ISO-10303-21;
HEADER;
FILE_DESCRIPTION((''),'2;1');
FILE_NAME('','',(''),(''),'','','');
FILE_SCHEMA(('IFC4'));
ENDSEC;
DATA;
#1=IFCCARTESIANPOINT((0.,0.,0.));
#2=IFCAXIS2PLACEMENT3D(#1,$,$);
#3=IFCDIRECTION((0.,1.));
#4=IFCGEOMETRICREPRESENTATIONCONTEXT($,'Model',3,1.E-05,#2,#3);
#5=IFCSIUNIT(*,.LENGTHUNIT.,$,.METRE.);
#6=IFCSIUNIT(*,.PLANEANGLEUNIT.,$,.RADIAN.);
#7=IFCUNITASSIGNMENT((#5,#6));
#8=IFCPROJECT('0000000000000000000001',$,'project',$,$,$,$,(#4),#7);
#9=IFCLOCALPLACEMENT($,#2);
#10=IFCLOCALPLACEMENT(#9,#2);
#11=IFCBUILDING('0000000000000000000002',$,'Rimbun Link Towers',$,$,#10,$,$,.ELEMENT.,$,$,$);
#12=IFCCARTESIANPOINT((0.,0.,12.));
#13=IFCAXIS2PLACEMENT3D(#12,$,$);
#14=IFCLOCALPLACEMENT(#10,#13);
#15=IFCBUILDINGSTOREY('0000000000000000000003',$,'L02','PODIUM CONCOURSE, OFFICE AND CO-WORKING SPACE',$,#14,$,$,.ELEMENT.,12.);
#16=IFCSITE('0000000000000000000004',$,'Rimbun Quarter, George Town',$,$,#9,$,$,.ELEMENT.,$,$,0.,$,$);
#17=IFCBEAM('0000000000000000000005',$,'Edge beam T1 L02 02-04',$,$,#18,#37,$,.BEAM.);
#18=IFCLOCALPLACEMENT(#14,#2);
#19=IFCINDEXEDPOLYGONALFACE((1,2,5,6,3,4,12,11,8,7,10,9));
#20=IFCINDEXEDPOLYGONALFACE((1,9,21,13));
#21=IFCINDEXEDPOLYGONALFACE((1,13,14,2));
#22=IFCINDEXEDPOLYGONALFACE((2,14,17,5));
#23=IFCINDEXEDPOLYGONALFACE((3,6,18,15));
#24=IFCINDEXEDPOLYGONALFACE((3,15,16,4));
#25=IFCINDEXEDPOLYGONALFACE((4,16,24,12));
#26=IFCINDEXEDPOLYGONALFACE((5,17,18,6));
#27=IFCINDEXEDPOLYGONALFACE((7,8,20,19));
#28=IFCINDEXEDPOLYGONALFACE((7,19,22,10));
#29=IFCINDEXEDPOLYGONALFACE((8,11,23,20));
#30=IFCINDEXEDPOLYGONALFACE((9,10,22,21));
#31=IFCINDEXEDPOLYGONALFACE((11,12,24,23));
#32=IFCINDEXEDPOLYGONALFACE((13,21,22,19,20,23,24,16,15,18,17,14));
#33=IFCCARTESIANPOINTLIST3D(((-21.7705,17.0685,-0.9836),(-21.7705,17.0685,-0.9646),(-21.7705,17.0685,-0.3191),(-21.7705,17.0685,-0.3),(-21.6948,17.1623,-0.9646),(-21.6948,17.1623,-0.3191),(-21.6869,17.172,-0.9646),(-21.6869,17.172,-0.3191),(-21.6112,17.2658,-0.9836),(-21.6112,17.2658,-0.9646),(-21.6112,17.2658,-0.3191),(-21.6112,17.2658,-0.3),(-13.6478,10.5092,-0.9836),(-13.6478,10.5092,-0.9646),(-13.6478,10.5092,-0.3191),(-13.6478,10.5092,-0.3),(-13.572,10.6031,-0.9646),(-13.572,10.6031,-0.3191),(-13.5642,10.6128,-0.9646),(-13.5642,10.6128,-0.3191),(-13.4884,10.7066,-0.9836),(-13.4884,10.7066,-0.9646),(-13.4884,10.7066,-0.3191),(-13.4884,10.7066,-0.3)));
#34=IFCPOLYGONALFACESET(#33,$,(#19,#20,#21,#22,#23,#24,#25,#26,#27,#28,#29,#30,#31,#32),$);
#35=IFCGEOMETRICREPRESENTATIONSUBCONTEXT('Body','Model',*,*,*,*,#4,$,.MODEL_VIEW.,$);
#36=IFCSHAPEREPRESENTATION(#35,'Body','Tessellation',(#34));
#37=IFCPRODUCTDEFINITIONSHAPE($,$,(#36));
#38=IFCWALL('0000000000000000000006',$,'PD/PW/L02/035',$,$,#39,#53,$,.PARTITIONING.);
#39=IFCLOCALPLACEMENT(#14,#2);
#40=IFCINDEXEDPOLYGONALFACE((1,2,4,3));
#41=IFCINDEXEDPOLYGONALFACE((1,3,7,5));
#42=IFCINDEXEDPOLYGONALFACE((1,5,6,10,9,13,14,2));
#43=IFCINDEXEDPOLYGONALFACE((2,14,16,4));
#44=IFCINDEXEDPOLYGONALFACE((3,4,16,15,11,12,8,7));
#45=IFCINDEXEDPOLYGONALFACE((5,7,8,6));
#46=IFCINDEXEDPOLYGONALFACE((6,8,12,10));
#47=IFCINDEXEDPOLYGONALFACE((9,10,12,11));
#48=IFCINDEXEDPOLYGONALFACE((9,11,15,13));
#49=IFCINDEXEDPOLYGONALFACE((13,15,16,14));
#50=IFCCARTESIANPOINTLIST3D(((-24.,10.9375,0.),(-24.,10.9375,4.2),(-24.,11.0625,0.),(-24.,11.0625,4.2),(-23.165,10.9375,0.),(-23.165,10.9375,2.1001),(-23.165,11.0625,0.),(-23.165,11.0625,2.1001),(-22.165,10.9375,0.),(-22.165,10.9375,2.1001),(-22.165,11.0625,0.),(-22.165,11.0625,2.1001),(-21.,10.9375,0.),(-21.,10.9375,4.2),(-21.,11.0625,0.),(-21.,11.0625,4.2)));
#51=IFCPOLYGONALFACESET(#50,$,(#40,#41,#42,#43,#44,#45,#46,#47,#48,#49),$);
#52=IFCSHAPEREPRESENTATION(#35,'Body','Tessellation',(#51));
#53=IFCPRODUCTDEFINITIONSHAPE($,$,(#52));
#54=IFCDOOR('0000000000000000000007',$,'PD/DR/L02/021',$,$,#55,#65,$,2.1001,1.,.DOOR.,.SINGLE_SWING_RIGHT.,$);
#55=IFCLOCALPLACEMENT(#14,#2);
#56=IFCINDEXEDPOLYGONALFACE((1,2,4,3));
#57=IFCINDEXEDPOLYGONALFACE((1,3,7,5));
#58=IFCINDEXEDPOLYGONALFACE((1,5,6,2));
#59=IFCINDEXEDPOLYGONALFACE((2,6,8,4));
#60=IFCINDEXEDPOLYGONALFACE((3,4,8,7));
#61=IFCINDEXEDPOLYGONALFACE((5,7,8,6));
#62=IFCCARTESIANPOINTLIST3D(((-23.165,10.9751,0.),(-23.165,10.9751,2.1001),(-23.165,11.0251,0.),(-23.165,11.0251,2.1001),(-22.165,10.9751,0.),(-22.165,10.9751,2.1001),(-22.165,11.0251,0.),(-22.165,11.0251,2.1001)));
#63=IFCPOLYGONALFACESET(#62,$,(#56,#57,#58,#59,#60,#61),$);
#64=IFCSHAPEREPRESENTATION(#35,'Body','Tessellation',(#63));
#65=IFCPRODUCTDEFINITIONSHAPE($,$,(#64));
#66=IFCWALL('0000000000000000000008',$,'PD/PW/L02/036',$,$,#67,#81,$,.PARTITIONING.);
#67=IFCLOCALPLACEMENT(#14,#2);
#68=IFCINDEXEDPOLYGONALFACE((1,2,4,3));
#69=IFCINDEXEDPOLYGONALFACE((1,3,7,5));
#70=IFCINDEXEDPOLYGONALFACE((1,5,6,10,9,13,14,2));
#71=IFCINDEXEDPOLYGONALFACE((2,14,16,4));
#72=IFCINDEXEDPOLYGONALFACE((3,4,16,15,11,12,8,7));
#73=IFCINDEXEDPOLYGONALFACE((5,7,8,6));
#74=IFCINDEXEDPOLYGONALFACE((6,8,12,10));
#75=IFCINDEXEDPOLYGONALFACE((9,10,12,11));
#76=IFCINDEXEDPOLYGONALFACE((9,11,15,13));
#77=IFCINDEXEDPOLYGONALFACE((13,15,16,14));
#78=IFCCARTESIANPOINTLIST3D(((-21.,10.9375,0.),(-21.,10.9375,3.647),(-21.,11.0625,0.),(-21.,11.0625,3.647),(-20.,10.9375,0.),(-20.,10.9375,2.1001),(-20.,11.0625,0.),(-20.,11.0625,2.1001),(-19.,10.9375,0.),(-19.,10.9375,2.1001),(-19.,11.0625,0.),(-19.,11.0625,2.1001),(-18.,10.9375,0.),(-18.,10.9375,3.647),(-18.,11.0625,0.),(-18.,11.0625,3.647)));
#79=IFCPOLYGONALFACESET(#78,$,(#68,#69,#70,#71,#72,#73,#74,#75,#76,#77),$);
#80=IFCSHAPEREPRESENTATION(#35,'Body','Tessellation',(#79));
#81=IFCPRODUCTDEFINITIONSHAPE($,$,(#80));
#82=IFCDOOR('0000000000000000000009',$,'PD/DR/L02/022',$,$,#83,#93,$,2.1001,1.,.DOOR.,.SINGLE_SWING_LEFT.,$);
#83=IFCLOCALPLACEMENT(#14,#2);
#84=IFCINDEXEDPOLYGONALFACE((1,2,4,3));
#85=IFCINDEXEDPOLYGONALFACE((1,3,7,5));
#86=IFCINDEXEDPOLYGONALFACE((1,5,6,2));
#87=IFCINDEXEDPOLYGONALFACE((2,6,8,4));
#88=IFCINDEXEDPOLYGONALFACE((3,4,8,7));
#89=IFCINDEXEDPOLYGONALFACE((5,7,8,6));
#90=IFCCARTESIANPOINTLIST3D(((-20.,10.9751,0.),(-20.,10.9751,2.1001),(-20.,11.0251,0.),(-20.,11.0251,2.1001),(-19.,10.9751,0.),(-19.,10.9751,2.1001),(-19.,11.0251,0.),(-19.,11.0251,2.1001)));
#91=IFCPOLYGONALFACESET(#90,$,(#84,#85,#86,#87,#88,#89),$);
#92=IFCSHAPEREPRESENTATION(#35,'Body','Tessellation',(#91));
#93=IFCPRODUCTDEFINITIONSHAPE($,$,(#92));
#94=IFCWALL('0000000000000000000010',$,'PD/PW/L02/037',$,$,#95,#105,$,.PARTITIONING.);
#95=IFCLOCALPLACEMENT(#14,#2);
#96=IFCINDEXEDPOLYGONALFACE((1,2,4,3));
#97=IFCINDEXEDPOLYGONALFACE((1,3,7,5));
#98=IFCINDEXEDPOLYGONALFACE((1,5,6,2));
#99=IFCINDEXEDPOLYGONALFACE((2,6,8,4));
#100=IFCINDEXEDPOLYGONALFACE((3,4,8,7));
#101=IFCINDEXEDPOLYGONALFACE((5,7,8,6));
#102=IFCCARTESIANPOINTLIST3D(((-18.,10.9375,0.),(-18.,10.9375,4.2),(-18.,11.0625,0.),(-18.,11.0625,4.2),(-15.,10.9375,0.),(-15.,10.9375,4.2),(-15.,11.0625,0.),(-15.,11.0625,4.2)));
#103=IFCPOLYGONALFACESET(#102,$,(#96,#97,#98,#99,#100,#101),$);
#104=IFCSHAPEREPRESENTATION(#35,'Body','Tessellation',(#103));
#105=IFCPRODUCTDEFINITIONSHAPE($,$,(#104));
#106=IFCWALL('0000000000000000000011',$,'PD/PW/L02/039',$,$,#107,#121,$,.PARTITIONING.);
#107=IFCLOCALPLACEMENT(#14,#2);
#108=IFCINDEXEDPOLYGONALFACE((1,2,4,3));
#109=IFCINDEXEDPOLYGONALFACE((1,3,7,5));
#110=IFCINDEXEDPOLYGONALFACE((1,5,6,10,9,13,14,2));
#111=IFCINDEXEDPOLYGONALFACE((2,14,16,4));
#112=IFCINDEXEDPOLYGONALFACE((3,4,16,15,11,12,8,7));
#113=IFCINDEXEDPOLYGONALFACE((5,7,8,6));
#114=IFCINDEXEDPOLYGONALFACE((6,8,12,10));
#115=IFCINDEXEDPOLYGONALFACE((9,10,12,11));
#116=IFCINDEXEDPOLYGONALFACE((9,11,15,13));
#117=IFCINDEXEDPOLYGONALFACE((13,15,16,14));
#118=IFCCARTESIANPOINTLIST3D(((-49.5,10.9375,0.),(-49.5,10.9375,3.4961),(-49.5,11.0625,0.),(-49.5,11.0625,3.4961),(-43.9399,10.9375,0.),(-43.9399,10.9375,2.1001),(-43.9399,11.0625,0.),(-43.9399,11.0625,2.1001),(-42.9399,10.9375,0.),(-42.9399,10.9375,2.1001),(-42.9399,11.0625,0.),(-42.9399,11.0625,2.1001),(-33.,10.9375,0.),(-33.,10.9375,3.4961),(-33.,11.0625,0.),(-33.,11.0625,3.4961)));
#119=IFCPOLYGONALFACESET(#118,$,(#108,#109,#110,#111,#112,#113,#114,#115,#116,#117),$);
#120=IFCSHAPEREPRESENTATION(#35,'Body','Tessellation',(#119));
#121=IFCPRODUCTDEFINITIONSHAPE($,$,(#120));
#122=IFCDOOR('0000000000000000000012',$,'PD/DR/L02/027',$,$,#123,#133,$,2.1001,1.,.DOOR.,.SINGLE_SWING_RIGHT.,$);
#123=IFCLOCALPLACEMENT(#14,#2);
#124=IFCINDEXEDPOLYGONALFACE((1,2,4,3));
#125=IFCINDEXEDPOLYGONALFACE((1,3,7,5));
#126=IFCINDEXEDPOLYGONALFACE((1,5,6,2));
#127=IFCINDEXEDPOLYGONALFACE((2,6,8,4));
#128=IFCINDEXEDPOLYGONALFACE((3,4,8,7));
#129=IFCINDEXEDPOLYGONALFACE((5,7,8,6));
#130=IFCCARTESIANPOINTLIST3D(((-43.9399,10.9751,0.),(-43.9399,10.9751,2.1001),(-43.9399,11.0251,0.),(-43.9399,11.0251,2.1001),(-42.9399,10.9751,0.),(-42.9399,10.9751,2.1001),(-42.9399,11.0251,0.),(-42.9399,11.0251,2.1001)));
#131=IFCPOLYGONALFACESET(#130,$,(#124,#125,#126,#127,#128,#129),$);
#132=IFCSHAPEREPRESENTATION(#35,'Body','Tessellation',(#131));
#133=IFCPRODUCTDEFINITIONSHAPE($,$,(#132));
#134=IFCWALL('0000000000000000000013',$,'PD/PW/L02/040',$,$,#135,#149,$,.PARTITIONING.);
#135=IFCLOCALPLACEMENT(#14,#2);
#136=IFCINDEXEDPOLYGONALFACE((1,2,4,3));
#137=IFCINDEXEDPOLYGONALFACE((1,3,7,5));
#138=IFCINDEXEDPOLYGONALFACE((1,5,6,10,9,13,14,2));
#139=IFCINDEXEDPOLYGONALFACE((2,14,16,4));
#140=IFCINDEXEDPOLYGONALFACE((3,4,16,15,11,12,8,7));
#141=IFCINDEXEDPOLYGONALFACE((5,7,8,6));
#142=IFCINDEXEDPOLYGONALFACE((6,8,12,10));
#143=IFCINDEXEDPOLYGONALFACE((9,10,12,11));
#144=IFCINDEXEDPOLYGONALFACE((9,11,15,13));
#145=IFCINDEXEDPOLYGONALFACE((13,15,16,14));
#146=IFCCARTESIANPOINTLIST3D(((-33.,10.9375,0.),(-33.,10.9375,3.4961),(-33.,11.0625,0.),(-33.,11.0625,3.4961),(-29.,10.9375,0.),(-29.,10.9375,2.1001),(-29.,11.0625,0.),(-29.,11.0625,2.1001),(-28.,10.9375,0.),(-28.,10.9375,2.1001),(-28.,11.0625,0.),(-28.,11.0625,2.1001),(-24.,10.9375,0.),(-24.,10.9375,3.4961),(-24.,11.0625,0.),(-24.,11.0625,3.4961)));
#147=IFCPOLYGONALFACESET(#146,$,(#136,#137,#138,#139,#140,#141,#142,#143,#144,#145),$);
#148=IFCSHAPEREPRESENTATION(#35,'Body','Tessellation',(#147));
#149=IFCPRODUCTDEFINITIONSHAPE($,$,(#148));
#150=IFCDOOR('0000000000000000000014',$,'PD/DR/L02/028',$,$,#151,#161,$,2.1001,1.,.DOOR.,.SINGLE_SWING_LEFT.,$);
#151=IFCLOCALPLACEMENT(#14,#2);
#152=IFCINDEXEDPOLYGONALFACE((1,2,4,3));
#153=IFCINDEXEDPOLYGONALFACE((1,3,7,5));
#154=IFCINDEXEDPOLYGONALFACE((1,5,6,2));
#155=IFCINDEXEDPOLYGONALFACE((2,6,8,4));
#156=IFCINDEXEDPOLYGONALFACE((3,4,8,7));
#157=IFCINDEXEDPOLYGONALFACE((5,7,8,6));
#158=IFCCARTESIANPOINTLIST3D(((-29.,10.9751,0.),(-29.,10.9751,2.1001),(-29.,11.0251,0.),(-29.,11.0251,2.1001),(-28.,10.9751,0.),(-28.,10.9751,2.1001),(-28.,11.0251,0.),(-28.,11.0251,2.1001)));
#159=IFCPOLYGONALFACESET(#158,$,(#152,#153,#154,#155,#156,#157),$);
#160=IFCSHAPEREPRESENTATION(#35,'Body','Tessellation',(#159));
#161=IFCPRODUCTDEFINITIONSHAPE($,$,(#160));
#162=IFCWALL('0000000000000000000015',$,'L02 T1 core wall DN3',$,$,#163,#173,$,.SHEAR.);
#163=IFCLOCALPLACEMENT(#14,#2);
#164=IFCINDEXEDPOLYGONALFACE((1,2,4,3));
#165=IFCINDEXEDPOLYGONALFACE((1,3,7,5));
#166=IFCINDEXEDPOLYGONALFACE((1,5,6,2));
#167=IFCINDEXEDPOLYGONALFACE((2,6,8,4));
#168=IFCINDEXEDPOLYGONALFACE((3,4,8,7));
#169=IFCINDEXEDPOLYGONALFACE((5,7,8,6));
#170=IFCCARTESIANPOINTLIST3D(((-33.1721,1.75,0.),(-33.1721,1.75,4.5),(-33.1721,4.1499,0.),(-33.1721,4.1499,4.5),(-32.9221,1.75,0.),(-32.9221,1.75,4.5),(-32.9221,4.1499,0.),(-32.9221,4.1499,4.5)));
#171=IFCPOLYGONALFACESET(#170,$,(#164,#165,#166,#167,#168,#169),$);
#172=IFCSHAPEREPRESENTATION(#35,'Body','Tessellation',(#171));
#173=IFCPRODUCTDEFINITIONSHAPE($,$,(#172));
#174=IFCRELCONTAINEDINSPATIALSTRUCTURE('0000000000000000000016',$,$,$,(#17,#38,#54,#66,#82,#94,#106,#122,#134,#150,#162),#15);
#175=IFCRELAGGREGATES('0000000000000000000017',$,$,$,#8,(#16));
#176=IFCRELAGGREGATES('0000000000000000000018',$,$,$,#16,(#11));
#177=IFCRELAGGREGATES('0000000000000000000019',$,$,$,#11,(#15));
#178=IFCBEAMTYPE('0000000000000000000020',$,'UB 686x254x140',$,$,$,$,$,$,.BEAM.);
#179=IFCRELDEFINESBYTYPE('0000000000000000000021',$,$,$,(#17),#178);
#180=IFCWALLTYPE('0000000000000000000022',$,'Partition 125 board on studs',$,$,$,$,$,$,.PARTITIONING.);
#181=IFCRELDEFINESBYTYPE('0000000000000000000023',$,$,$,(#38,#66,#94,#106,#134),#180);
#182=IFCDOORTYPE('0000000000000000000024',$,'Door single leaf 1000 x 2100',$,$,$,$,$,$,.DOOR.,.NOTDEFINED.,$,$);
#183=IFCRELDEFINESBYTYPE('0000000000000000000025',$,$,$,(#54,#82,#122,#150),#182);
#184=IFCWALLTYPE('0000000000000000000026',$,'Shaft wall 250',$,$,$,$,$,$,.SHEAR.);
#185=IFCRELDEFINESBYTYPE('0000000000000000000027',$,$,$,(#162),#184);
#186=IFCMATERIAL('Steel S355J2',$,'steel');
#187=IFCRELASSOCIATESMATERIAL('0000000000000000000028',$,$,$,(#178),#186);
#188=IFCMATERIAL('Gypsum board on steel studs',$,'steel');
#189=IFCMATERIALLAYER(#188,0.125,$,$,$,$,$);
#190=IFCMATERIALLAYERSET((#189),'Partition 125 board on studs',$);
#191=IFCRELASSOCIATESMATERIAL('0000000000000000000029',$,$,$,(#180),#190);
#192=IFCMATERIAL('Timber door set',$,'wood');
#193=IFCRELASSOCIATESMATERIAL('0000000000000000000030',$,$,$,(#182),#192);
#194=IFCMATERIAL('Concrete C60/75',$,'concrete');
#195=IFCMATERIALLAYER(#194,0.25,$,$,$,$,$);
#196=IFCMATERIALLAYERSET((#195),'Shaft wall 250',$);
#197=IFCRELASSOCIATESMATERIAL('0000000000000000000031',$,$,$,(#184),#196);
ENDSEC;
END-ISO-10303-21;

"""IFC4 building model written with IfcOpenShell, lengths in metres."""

from ifc_helpers import new_model, si_unit, direction, frame, frame_2d, origin, origin_2d, place, context, subcontext, project, spatial, rectangle, i_section, extrude, material, layer, layer_set, material_profile, profile_set, type_object, element, fill, save


model = new_model("IFC4")

# Units and contexts
model_context = context("Model", 3, precision=1e-05, world=origin(), true_north=direction((0.0, 1.0)))
body_context = subcontext(model_context, "Body", "Model", "MODEL_VIEW")
ifc_project = project(units=[si_unit("LENGTHUNIT", "METRE"), si_unit("PLANEANGLEUNIT", "RADIAN")], contexts=[model_context])

# Site, building, storey
site_placement = place(None, origin())
site = spatial("IfcSite", under=ifc_project, at=site_placement, Name="Rimbun Quarter, George Town", CompositionType="ELEMENT", RefElevation=0.0)
building_placement = place(site_placement, origin())
building = spatial("IfcBuilding", under=site, at=building_placement, Name="Rimbun Link Towers", CompositionType="ELEMENT")
storey_placement = place(building_placement, frame((0.0, 0.0, 12.0)))
storey = spatial("IfcBuildingStorey", under=building, at=storey_placement, Name="L02", Description="PODIUM CONCOURSE, OFFICE AND CO-WORKING SPACE", CompositionType="ELEMENT", Elevation=12.0)

# Beam
ifc_material_1 = material(Name="Steel S355J2", Category="steel")
ifc_material_profile_1 = material_profile(ifc_material_1, i_section(OverallWidth=0.2537, OverallDepth=0.6836, WebThickness=0.0125, FlangeThickness=0.019, at=origin_2d()), Name="UB 686x254x140")
ifc_profile_set_1 = profile_set([ifc_material_profile_1], Name="Steel S355J2")
beam_type_1 = type_object("IfcBeamType", Name="UB 686x254x140", PredefinedType="BEAM", material=ifc_profile_set_1)
beam_1_placement = place(storey_placement, frame((-13.5681, 10.6079, -0.6418), z_axis=(-0.778007, 0.628256, 0.0), x_axis=(-0.628256, -0.778007, 0.0)))
element("IfcBeam", 1, at=beam_1_placement, inside=storey, type_object=beam_type_1, Name="Edge beam T1 L02 02-04", PredefinedType="BEAM", context=body_context, shape_type="SweptSolid", body=[
    extrude(i_section(OverallWidth=0.2537, OverallDepth=0.6836, WebThickness=0.0125, FlangeThickness=0.019, at=origin_2d()), origin(), (0.0, 0.0, 1.0), 10.4404),
])

# Walls, openings, doors
ifc_material_2 = material(Name="Gypsum board on steel studs", Category="steel")
ifc_layer_1 = layer(ifc_material_2, 0.125)
ifc_layer_set_1 = layer_set([ifc_layer_1], Name="Partition 125 board on studs")
wall_type_1 = type_object("IfcWallType", Name="Partition 125 board on studs", PredefinedType="PARTITIONING", material=ifc_layer_set_1)
wall_1_placement = place(storey_placement, frame((-21.0, 11.0, 0.0), z_axis=(0.0, 0.0, 1.0), x_axis=(-1.0, 0.0, 0.0)))
wall_1 = element("IfcWall", 2, at=wall_1_placement, inside=storey, type_object=wall_type_1, Name="PD/PW/L02/035", PredefinedType="PARTITIONING", context=body_context, shape_type="SweptSolid", body=[
    extrude(rectangle(XDim=3.0, YDim=0.125, at=frame_2d((1.5, 0.0))), origin(), (0.0, 0.0, 1.0), 4.2),
])
opening_1_placement = place(wall_1_placement, frame((1.165, 0.0, 0.0)))
opening_1 = element("IfcOpeningElement", 3, at=opening_1_placement, cuts=wall_1, PredefinedType="OPENING", context=body_context, shape_type="SweptSolid", body=[
    extrude(rectangle(XDim=1.0, YDim=2.1001, at=frame_2d((0.5, 1.05))), frame((0.0, 0.0725, 0.0), z_axis=(0.0, -1.0, 0.0), x_axis=(1.0, 0.0, 0.0)), (0.0, 0.0, 1.0), 0.145),
])
ifc_material_3 = material(Name="Timber door set", Category="wood")
door_type_1 = type_object("IfcDoorType", Name="Door single leaf 1000 x 2100", OperationType="NOTDEFINED", PredefinedType="DOOR", material=ifc_material_3)
door_1_placement = place(opening_1_placement, origin())
door_1 = element("IfcDoor", 4, at=door_1_placement, inside=storey, type_object=door_type_1, Name="PD/DR/L02/021", OperationType="SINGLE_SWING_RIGHT", OverallHeight=2.1001, OverallWidth=1.0, PredefinedType="DOOR", context=body_context, shape_type="SweptSolid", body=[
    extrude(rectangle(XDim=1.0, YDim=2.1001, at=frame_2d((0.5, 1.05))), frame((0.0, 0.0249, 0.0), z_axis=(0.0, -1.0, 0.0), x_axis=(1.0, 0.0, 0.0)), (0.0, 0.0, 1.0), 0.05),
])
fill(opening_1, door_1)
wall_2_placement = place(storey_placement, frame((-18.0, 11.0, 0.0), z_axis=(0.0, 0.0, 1.0), x_axis=(-1.0, 0.0, 0.0)))
wall_2 = element("IfcWall", 5, at=wall_2_placement, inside=storey, type_object=wall_type_1, Name="PD/PW/L02/036", PredefinedType="PARTITIONING", context=body_context, shape_type="SweptSolid", body=[
    extrude(rectangle(XDim=3.0, YDim=0.125, at=frame_2d((1.5, 0.0))), origin(), (0.0, 0.0, 1.0), 3.647),
])
opening_2_placement = place(wall_2_placement, frame((1.0, 0.0, 0.0)))
opening_2 = element("IfcOpeningElement", 6, at=opening_2_placement, cuts=wall_2, PredefinedType="OPENING", context=body_context, shape_type="SweptSolid", body=[
    extrude(rectangle(XDim=1.0, YDim=2.1001, at=frame_2d((0.5, 1.05))), frame((0.0, 0.0725, 0.0), z_axis=(0.0, -1.0, 0.0), x_axis=(1.0, 0.0, 0.0)), (0.0, 0.0, 1.0), 0.145),
])
door_2_placement = place(opening_2_placement, origin())
door_2 = element("IfcDoor", 7, at=door_2_placement, inside=storey, type_object=door_type_1, Name="PD/DR/L02/022", OperationType="SINGLE_SWING_LEFT", OverallHeight=2.1001, OverallWidth=1.0, PredefinedType="DOOR", context=body_context, shape_type="SweptSolid", body=[
    extrude(rectangle(XDim=1.0, YDim=2.1001, at=frame_2d((0.5, 1.05))), frame((0.0, 0.0249, 0.0), z_axis=(0.0, -1.0, 0.0), x_axis=(1.0, 0.0, 0.0)), (0.0, 0.0, 1.0), 0.05),
])
fill(opening_2, door_2)

# Wall
wall_3_placement = place(storey_placement, frame((-15.0, 11.0, 0.0), z_axis=(0.0, 0.0, 1.0), x_axis=(-1.0, 0.0, 0.0)))
element("IfcWall", 8, at=wall_3_placement, inside=storey, type_object=wall_type_1, Name="PD/PW/L02/037", PredefinedType="PARTITIONING", context=body_context, shape_type="SweptSolid", body=[
    extrude(rectangle(XDim=3.0, YDim=0.125, at=frame_2d((1.5, 0.0))), origin(), (0.0, 0.0, 1.0), 4.2),
])

# Walls, openings, doors
wall_4_placement = place(storey_placement, frame((-33.0, 11.0, 0.0), z_axis=(0.0, 0.0, 1.0), x_axis=(-1.0, 0.0, 0.0)))
wall_4 = element("IfcWall", 9, at=wall_4_placement, inside=storey, type_object=wall_type_1, Name="PD/PW/L02/039", PredefinedType="PARTITIONING", context=body_context, shape_type="SweptSolid", body=[
    extrude(rectangle(XDim=16.5, YDim=0.125, at=frame_2d((8.25, 0.0))), origin(), (0.0, 0.0, 1.0), 3.4961),
])
opening_3_placement = place(wall_4_placement, frame((9.9399, 0.0, 0.0)))
opening_3 = element("IfcOpeningElement", 10, at=opening_3_placement, cuts=wall_4, PredefinedType="OPENING", context=body_context, shape_type="SweptSolid", body=[
    extrude(rectangle(XDim=1.0, YDim=2.1001, at=frame_2d((0.5, 1.05))), frame((0.0, 0.0725, 0.0), z_axis=(0.0, -1.0, 0.0), x_axis=(1.0, 0.0, 0.0)), (0.0, 0.0, 1.0), 0.145),
])
door_3_placement = place(opening_3_placement, origin())
door_3 = element("IfcDoor", 11, at=door_3_placement, inside=storey, type_object=door_type_1, Name="PD/DR/L02/027", OperationType="SINGLE_SWING_RIGHT", OverallHeight=2.1001, OverallWidth=1.0, PredefinedType="DOOR", context=body_context, shape_type="SweptSolid", body=[
    extrude(rectangle(XDim=1.0, YDim=2.1001, at=frame_2d((0.5, 1.05))), frame((0.0, 0.0249, 0.0), z_axis=(0.0, -1.0, 0.0), x_axis=(1.0, 0.0, 0.0)), (0.0, 0.0, 1.0), 0.05),
])
fill(opening_3, door_3)
wall_5_placement = place(storey_placement, frame((-24.0, 11.0, 0.0), z_axis=(0.0, 0.0, 1.0), x_axis=(-1.0, 0.0, 0.0)))
wall_5 = element("IfcWall", 12, at=wall_5_placement, inside=storey, type_object=wall_type_1, Name="PD/PW/L02/040", PredefinedType="PARTITIONING", context=body_context, shape_type="SweptSolid", body=[
    extrude(rectangle(XDim=9.0, YDim=0.125, at=frame_2d((4.5, 0.0))), origin(), (0.0, 0.0, 1.0), 3.4961),
])
opening_4_placement = place(wall_5_placement, frame((4.0, 0.0, 0.0)))
opening_4 = element("IfcOpeningElement", 13, at=opening_4_placement, cuts=wall_5, PredefinedType="OPENING", context=body_context, shape_type="SweptSolid", body=[
    extrude(rectangle(XDim=1.0, YDim=2.1001, at=frame_2d((0.5, 1.05))), frame((0.0, 0.0725, 0.0), z_axis=(0.0, -1.0, 0.0), x_axis=(1.0, 0.0, 0.0)), (0.0, 0.0, 1.0), 0.145),
])
door_4_placement = place(opening_4_placement, origin())
door_4 = element("IfcDoor", 14, at=door_4_placement, inside=storey, type_object=door_type_1, Name="PD/DR/L02/028", OperationType="SINGLE_SWING_LEFT", OverallHeight=2.1001, OverallWidth=1.0, PredefinedType="DOOR", context=body_context, shape_type="SweptSolid", body=[
    extrude(rectangle(XDim=1.0, YDim=2.1001, at=frame_2d((0.5, 1.05))), frame((0.0, 0.0249, 0.0), z_axis=(0.0, -1.0, 0.0), x_axis=(1.0, 0.0, 0.0)), (0.0, 0.0, 1.0), 0.05),
])
fill(opening_4, door_4)

# Wall
ifc_material_4 = material(Name="Concrete C60/75", Category="concrete")
ifc_layer_2 = layer(ifc_material_4, 0.25)
ifc_layer_set_2 = layer_set([ifc_layer_2], Name="Shaft wall 250")
wall_type_2 = type_object("IfcWallType", Name="Shaft wall 250", PredefinedType="SHEAR", material=ifc_layer_set_2)
for number, where, z_axis, x_axis, name in (
    (15, (-33.0471, 1.75, 0.0), (0.0, 0.0, 1.0), (0.0, 1.0, 0.0), "L02 T1 core wall DN3"),
):
    element("IfcWall", number, at=place(storey_placement, frame(where, z_axis=z_axis, x_axis=x_axis)), inside=storey, type_object=wall_type_2, Name=name, PredefinedType="SHEAR", context=body_context, shape_type="SweptSolid", body=[
        extrude(rectangle(XDim=2.3999, YDim=0.25, at=frame_2d((1.2, 0.0))), origin(), (0.0, 0.0, 1.0), 4.5),
    ])

save(model, "model.ifc")
